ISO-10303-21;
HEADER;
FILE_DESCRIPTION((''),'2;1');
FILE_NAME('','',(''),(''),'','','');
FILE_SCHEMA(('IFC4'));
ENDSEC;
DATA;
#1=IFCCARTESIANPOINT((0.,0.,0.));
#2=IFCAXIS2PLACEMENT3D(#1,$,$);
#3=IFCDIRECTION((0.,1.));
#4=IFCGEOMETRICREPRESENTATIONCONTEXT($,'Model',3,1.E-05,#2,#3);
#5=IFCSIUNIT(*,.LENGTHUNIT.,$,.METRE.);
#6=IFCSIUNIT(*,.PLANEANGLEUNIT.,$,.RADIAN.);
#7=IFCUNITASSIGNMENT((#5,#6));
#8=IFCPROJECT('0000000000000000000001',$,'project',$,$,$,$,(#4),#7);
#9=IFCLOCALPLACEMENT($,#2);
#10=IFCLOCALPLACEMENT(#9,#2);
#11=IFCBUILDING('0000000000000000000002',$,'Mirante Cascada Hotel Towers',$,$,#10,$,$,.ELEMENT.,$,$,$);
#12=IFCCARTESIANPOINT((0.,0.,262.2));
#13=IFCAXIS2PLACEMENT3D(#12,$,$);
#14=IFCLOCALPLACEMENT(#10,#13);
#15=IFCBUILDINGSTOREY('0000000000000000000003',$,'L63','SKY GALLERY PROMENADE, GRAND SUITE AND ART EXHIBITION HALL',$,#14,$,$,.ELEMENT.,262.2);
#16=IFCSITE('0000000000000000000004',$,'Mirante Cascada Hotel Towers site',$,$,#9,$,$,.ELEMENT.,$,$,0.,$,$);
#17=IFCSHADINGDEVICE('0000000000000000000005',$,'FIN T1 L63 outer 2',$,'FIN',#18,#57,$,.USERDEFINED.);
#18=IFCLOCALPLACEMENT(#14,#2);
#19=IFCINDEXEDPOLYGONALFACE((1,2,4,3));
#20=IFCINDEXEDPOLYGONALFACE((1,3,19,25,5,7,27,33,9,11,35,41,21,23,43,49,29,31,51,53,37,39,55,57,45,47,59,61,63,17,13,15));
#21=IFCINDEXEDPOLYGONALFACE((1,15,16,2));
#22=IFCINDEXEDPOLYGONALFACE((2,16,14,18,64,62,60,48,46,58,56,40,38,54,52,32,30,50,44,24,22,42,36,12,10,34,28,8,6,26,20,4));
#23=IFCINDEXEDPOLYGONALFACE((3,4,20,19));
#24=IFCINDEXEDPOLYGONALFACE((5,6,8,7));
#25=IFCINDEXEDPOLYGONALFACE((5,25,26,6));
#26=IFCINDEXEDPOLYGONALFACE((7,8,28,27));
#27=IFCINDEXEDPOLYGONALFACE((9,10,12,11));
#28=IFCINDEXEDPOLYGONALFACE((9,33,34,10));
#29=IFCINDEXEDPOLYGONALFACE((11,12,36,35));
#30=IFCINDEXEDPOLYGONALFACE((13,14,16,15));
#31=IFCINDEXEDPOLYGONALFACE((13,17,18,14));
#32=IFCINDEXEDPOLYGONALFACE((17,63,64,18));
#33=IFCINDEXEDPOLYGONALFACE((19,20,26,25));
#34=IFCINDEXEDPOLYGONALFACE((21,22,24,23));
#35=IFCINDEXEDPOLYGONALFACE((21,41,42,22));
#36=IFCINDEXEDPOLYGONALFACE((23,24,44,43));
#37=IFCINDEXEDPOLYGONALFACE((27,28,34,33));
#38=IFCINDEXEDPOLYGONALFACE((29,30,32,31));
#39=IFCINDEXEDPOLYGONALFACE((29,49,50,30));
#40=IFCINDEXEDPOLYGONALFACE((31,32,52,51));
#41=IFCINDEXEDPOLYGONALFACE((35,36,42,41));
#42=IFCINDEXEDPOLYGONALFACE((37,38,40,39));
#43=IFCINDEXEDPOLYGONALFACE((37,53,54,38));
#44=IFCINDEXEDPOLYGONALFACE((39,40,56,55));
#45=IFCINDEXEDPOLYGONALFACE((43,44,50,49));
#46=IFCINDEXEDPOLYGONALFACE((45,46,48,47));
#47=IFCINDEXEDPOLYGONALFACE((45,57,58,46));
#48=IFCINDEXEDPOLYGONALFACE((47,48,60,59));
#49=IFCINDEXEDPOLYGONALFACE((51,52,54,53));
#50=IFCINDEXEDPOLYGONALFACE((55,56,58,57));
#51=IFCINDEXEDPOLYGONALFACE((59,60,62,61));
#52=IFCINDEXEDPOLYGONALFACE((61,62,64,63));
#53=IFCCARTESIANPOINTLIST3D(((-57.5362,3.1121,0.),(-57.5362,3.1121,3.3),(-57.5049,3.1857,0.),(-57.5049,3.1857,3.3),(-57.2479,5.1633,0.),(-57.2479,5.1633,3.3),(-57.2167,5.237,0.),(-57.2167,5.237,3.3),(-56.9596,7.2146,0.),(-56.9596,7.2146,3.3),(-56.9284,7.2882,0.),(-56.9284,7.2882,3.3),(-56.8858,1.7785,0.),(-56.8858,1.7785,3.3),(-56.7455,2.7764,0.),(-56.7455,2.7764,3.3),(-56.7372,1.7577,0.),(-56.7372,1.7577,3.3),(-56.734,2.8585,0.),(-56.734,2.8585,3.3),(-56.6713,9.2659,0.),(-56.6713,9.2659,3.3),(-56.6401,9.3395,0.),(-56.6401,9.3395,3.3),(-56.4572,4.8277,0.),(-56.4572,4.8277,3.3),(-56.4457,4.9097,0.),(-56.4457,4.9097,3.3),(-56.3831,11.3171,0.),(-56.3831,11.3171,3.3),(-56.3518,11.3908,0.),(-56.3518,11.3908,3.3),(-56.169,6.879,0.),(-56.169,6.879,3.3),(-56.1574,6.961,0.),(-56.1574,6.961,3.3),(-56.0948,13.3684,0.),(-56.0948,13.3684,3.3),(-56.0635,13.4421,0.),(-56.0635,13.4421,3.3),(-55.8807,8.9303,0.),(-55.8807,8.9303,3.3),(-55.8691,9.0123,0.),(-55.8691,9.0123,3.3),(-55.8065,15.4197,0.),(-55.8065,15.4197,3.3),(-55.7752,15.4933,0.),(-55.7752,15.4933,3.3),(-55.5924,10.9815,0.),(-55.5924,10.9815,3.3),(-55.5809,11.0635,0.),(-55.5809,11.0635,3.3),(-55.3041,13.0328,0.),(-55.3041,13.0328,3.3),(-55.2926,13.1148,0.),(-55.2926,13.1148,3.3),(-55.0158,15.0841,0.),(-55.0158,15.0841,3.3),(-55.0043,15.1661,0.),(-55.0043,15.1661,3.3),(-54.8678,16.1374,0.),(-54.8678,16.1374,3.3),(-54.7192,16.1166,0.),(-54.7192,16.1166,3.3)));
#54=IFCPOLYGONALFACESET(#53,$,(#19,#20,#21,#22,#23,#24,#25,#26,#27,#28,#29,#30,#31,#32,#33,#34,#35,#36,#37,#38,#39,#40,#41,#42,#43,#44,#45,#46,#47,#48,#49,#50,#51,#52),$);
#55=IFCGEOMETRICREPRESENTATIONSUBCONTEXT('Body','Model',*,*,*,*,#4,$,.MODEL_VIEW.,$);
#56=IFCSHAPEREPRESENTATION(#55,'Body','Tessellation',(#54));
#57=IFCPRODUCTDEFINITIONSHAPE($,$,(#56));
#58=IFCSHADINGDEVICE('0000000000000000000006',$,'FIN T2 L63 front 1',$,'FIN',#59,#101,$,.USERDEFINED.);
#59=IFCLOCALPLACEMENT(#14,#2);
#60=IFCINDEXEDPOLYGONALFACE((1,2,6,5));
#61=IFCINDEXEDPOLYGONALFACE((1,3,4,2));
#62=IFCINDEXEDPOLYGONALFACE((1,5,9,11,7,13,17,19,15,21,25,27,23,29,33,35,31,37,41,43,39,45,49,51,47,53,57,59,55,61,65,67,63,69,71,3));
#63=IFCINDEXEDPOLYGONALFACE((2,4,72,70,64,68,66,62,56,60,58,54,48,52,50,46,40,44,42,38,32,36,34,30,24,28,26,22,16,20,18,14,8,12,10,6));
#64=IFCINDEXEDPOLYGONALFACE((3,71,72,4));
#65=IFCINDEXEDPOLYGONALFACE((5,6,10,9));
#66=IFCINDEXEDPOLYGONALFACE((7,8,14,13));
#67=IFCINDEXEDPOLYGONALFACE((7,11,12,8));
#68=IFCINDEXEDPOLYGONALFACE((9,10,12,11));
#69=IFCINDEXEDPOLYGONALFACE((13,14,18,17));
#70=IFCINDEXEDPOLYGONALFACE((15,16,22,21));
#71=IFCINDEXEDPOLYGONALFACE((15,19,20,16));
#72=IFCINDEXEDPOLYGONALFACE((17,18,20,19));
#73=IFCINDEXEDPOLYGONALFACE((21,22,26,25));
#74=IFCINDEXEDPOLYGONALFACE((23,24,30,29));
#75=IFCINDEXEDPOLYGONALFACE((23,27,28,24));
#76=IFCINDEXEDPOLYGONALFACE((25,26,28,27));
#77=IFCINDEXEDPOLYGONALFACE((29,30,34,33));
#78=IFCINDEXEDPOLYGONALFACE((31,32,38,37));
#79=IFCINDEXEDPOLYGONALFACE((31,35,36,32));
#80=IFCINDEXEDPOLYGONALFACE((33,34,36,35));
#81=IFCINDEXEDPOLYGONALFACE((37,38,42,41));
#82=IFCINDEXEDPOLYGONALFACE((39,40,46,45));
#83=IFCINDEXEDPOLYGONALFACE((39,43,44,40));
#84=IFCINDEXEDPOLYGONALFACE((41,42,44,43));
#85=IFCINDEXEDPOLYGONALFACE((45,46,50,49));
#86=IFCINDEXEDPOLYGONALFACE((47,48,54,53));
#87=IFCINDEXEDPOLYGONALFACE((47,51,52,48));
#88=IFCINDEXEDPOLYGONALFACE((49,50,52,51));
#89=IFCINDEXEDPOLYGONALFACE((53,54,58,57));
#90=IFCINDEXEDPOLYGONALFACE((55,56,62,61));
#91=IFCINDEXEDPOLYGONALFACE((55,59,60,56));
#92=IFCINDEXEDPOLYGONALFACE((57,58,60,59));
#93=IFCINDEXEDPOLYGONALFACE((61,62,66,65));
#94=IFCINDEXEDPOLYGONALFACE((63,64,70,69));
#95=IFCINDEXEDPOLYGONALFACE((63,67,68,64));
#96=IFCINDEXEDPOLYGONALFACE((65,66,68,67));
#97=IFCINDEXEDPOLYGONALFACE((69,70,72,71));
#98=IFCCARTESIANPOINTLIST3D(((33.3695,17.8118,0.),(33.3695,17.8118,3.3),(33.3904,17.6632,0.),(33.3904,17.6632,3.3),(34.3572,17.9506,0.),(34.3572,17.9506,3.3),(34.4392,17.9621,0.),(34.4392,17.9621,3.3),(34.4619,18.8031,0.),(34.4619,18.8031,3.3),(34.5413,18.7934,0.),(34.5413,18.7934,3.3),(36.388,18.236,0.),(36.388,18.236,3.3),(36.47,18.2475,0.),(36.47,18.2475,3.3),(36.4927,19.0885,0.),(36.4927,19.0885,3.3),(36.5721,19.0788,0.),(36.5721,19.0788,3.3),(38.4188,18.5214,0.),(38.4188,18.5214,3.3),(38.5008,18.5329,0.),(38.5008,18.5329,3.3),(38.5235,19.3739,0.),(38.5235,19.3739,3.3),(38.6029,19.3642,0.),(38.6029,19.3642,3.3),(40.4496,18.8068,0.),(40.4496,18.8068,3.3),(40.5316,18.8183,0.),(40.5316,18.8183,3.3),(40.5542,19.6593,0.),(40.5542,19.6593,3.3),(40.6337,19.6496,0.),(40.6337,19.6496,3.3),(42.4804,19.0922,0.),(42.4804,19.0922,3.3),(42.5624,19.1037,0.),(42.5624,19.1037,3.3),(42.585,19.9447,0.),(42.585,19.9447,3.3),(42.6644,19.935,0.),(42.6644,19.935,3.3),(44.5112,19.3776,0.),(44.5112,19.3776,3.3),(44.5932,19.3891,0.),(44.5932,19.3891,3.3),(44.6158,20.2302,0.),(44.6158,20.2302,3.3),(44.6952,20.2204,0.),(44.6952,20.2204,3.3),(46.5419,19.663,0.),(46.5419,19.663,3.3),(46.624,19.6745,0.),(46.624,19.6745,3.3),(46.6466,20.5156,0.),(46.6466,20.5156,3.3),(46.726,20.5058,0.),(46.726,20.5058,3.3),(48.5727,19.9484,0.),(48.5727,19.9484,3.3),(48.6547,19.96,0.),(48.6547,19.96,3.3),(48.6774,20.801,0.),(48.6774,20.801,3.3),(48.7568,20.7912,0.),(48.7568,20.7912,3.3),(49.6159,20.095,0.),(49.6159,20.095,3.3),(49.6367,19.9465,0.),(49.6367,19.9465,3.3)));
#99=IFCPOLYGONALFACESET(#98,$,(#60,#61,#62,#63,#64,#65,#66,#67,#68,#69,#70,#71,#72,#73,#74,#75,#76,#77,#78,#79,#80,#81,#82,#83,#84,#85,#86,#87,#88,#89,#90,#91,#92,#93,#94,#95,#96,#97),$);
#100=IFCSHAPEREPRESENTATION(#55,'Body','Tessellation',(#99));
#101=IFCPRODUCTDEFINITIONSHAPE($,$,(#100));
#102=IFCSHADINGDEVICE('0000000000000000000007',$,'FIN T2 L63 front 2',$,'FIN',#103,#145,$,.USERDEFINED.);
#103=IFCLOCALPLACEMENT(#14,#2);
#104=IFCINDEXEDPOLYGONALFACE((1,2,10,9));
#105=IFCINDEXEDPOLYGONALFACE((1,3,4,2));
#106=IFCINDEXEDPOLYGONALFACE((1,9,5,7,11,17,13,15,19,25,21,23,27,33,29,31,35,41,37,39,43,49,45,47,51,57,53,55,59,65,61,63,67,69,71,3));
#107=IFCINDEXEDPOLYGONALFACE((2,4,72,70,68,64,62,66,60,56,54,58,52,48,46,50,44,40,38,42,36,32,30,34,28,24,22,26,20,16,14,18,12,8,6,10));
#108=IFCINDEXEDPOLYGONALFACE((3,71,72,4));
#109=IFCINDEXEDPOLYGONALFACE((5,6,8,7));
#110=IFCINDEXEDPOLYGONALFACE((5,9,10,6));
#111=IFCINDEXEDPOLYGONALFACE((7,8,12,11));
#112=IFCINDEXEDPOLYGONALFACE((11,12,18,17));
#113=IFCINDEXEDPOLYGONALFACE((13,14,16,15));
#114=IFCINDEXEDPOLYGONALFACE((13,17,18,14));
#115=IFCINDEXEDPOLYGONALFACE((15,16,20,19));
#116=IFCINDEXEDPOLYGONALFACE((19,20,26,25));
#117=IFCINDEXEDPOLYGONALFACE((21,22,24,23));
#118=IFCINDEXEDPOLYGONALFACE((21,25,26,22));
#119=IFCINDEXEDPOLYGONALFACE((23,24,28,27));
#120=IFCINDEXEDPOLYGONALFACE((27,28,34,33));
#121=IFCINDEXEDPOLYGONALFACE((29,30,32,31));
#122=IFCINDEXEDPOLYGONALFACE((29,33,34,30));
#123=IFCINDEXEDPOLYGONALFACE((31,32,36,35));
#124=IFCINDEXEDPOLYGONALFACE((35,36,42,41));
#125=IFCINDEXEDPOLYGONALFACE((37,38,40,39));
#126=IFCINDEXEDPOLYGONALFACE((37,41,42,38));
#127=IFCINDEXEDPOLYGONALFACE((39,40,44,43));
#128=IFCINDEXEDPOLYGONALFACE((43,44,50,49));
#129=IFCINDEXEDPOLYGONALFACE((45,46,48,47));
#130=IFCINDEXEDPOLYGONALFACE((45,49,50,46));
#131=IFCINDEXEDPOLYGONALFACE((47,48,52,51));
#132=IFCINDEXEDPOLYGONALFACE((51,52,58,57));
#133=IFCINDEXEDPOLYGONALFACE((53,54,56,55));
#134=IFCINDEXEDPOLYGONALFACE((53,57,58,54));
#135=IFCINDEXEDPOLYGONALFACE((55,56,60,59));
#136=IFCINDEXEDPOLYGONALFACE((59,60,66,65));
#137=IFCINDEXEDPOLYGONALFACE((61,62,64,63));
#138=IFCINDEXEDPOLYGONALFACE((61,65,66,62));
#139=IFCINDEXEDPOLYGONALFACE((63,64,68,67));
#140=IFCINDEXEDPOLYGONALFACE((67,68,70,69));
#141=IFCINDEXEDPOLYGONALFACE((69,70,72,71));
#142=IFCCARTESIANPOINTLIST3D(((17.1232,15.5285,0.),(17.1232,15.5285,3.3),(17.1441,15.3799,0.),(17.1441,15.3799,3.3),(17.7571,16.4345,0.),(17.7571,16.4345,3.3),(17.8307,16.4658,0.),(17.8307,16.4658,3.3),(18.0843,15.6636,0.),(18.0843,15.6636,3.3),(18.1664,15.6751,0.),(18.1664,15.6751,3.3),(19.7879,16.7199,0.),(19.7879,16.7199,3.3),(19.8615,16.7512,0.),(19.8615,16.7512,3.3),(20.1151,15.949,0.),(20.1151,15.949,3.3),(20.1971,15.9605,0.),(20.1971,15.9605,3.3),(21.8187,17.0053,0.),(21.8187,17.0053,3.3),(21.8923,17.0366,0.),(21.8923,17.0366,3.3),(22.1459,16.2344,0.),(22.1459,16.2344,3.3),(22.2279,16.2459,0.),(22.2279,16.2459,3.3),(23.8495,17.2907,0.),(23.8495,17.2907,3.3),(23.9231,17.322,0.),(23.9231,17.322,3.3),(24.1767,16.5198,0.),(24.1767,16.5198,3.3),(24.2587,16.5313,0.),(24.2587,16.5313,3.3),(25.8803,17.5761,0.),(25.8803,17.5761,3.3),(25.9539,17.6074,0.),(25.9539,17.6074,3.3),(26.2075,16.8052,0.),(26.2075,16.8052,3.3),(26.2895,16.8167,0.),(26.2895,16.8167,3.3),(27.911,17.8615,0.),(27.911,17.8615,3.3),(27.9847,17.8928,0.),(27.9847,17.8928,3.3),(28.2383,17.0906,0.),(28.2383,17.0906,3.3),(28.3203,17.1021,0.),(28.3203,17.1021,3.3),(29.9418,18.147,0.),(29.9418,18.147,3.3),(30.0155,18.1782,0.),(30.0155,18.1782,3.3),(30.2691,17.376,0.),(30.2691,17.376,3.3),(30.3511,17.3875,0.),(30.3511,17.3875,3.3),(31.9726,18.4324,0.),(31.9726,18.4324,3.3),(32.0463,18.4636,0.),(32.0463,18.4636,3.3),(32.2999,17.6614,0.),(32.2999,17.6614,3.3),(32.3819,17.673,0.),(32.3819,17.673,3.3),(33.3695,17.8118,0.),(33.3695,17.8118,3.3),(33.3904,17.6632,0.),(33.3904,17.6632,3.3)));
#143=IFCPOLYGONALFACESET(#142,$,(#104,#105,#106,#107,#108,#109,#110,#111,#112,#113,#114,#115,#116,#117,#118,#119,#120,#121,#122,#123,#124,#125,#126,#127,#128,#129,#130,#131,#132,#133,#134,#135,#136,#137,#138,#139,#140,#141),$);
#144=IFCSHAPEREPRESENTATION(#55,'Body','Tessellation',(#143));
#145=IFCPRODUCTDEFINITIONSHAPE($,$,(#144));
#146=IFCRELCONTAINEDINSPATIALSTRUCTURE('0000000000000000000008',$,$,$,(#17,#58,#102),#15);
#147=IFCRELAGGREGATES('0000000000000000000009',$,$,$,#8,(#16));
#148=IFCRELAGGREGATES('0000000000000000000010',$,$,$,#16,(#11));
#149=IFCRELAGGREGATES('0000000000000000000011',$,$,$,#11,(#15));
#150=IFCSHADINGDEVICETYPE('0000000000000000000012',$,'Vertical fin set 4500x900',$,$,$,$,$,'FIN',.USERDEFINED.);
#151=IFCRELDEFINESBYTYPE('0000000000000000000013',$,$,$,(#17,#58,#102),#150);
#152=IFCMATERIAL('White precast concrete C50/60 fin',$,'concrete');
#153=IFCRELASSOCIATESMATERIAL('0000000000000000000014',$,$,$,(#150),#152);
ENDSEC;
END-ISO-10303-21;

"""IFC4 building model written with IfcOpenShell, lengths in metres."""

from ifc_helpers import new_model, si_unit, direction, frame, origin, place, context, subcontext, project, spatial, polyline, outline, extrude, material, type_object, element, save


model = new_model("IFC4")

# Units and contexts
model_context = context("Model", 3, precision=1e-05, world=origin(), true_north=direction((0.0, 1.0)))
body_context = subcontext(model_context, "Body", "Model", "MODEL_VIEW")
ifc_project = project(units=[si_unit("LENGTHUNIT", "METRE"), si_unit("PLANEANGLEUNIT", "RADIAN")], contexts=[model_context])

# Site, building, storey
site_placement = place(None, origin())
site = spatial("IfcSite", under=ifc_project, at=site_placement, Name="Mirante Cascada Hotel Towers site", CompositionType="ELEMENT", RefElevation=0.0)
building_placement = place(site_placement, origin())
building = spatial("IfcBuilding", under=site, at=building_placement, Name="Mirante Cascada Hotel Towers", CompositionType="ELEMENT")
storey_placement = place(building_placement, frame((0.0, 0.0, 262.2)))
storey = spatial("IfcBuildingStorey", under=building, at=storey_placement, Name="L63", Description="SKY GALLERY PROMENADE, GRAND SUITE AND ART EXHIBITION HALL", CompositionType="ELEMENT", Elevation=262.2)

# Shading devices
ifc_material_1 = material(Name="White precast concrete C50/60 fin", Category="concrete")
shading_device_type = type_object("IfcShadingDeviceType", Name="Vertical fin set 4500x900", ElementType="FIN", PredefinedType="USERDEFINED", material=ifc_material_1)
shading_device_1_placement = place(storey_placement, origin())
element("IfcShadingDevice", 1, at=shading_device_1_placement, inside=storey, type_object=shading_device_type, Name="FIN T1 L63 outer 2", ObjectType="FIN", PredefinedType="USERDEFINED", context=body_context, shape_type="SweptSolid", body=[
    extrude(outline(polyline([(-56.734, 2.8585), (-56.4572, 4.8277), (-57.2479, 5.1633), (-57.2167, 5.237), (-56.4457, 4.9097), (-56.169, 6.879), (-56.9596, 7.2146), (-56.9284, 7.2882), (-56.1574, 6.961), (-55.8807, 8.9303), (-56.6713, 9.2659), (-56.6401, 9.3395), (-55.8691, 9.0123), (-55.5924, 10.9815), (-56.3831, 11.3171), (-56.3518, 11.3908), (-55.5809, 11.0635), (-55.3041, 13.0328), (-56.0948, 13.3684), (-56.0635, 13.4421), (-55.2926, 13.1148), (-55.0158, 15.0841), (-55.8065, 15.4197), (-55.7752, 15.4933), (-55.0043, 15.1661), (-54.8678, 16.1374), (-54.7192, 16.1166), (-56.7372, 1.7577), (-56.8858, 1.7785), (-56.7455, 2.7764), (-57.5362, 3.1121), (-57.5049, 3.1857), (-56.734, 2.8585)])), origin(), (0.0, 0.0, 1.0), 3.3),
])
shading_device_2_placement = place(storey_placement, origin())
element("IfcShadingDevice", 2, at=shading_device_2_placement, inside=storey, type_object=shading_device_type, Name="FIN T2 L63 front 1", ObjectType="FIN", PredefinedType="USERDEFINED", context=body_context, shape_type="SweptSolid", body=[
    extrude(outline(polyline([(34.5413, 18.7934), (34.4392, 17.9621), (36.388, 18.236), (36.4927, 19.0885), (36.5721, 19.0788), (36.47, 18.2475), (38.4188, 18.5214), (38.5235, 19.3739), (38.6029, 19.3642), (38.5008, 18.5329), (40.4496, 18.8068), (40.5542, 19.6593), (40.6337, 19.6496), (40.5316, 18.8183), (42.4804, 19.0922), (42.585, 19.9447), (42.6644, 19.935), (42.5624, 19.1037), (44.5112, 19.3776), (44.6158, 20.2302), (44.6952, 20.2204), (44.5932, 19.3891), (46.5419, 19.663), (46.6466, 20.5156), (46.726, 20.5058), (46.624, 19.6745), (48.5727, 19.9484), (48.6774, 20.801), (48.7568, 20.7912), (48.6547, 19.96), (49.6159, 20.095), (49.6367, 19.9465), (33.3904, 17.6632), (33.3695, 17.8118), (34.3572, 17.9506), (34.4619, 18.8031), (34.5413, 18.7934)])), origin(), (0.0, 0.0, 1.0), 3.3),
])
shading_device_3_placement = place(storey_placement, origin())
element("IfcShadingDevice", 3, at=shading_device_3_placement, inside=storey, type_object=shading_device_type, Name="FIN T2 L63 front 2", ObjectType="FIN", PredefinedType="USERDEFINED", context=body_context, shape_type="SweptSolid", body=[
    extrude(outline(polyline([(17.8307, 16.4658), (18.1664, 15.6751), (20.1151, 15.949), (19.7879, 16.7199), (19.8615, 16.7512), (20.1971, 15.9605), (22.1459, 16.2344), (21.8187, 17.0053), (21.8923, 17.0366), (22.2279, 16.2459), (24.1767, 16.5198), (23.8495, 17.2907), (23.9231, 17.322), (24.2587, 16.5313), (26.2075, 16.8052), (25.8803, 17.5761), (25.9539, 17.6074), (26.2895, 16.8167), (28.2383, 17.0906), (27.911, 17.8615), (27.9847, 17.8928), (28.3203, 17.1021), (30.2691, 17.376), (29.9418, 18.147), (30.0155, 18.1782), (30.3511, 17.3875), (32.2999, 17.6614), (31.9726, 18.4324), (32.0463, 18.4636), (32.3819, 17.673), (33.3695, 17.8118), (33.3904, 17.6632), (17.1441, 15.3799), (17.1232, 15.5285), (18.0843, 15.6636), (17.7571, 16.4345), (17.8307, 16.4658)])), origin(), (0.0, 0.0, 1.0), 3.3),
])

save(model, "model.ifc")
